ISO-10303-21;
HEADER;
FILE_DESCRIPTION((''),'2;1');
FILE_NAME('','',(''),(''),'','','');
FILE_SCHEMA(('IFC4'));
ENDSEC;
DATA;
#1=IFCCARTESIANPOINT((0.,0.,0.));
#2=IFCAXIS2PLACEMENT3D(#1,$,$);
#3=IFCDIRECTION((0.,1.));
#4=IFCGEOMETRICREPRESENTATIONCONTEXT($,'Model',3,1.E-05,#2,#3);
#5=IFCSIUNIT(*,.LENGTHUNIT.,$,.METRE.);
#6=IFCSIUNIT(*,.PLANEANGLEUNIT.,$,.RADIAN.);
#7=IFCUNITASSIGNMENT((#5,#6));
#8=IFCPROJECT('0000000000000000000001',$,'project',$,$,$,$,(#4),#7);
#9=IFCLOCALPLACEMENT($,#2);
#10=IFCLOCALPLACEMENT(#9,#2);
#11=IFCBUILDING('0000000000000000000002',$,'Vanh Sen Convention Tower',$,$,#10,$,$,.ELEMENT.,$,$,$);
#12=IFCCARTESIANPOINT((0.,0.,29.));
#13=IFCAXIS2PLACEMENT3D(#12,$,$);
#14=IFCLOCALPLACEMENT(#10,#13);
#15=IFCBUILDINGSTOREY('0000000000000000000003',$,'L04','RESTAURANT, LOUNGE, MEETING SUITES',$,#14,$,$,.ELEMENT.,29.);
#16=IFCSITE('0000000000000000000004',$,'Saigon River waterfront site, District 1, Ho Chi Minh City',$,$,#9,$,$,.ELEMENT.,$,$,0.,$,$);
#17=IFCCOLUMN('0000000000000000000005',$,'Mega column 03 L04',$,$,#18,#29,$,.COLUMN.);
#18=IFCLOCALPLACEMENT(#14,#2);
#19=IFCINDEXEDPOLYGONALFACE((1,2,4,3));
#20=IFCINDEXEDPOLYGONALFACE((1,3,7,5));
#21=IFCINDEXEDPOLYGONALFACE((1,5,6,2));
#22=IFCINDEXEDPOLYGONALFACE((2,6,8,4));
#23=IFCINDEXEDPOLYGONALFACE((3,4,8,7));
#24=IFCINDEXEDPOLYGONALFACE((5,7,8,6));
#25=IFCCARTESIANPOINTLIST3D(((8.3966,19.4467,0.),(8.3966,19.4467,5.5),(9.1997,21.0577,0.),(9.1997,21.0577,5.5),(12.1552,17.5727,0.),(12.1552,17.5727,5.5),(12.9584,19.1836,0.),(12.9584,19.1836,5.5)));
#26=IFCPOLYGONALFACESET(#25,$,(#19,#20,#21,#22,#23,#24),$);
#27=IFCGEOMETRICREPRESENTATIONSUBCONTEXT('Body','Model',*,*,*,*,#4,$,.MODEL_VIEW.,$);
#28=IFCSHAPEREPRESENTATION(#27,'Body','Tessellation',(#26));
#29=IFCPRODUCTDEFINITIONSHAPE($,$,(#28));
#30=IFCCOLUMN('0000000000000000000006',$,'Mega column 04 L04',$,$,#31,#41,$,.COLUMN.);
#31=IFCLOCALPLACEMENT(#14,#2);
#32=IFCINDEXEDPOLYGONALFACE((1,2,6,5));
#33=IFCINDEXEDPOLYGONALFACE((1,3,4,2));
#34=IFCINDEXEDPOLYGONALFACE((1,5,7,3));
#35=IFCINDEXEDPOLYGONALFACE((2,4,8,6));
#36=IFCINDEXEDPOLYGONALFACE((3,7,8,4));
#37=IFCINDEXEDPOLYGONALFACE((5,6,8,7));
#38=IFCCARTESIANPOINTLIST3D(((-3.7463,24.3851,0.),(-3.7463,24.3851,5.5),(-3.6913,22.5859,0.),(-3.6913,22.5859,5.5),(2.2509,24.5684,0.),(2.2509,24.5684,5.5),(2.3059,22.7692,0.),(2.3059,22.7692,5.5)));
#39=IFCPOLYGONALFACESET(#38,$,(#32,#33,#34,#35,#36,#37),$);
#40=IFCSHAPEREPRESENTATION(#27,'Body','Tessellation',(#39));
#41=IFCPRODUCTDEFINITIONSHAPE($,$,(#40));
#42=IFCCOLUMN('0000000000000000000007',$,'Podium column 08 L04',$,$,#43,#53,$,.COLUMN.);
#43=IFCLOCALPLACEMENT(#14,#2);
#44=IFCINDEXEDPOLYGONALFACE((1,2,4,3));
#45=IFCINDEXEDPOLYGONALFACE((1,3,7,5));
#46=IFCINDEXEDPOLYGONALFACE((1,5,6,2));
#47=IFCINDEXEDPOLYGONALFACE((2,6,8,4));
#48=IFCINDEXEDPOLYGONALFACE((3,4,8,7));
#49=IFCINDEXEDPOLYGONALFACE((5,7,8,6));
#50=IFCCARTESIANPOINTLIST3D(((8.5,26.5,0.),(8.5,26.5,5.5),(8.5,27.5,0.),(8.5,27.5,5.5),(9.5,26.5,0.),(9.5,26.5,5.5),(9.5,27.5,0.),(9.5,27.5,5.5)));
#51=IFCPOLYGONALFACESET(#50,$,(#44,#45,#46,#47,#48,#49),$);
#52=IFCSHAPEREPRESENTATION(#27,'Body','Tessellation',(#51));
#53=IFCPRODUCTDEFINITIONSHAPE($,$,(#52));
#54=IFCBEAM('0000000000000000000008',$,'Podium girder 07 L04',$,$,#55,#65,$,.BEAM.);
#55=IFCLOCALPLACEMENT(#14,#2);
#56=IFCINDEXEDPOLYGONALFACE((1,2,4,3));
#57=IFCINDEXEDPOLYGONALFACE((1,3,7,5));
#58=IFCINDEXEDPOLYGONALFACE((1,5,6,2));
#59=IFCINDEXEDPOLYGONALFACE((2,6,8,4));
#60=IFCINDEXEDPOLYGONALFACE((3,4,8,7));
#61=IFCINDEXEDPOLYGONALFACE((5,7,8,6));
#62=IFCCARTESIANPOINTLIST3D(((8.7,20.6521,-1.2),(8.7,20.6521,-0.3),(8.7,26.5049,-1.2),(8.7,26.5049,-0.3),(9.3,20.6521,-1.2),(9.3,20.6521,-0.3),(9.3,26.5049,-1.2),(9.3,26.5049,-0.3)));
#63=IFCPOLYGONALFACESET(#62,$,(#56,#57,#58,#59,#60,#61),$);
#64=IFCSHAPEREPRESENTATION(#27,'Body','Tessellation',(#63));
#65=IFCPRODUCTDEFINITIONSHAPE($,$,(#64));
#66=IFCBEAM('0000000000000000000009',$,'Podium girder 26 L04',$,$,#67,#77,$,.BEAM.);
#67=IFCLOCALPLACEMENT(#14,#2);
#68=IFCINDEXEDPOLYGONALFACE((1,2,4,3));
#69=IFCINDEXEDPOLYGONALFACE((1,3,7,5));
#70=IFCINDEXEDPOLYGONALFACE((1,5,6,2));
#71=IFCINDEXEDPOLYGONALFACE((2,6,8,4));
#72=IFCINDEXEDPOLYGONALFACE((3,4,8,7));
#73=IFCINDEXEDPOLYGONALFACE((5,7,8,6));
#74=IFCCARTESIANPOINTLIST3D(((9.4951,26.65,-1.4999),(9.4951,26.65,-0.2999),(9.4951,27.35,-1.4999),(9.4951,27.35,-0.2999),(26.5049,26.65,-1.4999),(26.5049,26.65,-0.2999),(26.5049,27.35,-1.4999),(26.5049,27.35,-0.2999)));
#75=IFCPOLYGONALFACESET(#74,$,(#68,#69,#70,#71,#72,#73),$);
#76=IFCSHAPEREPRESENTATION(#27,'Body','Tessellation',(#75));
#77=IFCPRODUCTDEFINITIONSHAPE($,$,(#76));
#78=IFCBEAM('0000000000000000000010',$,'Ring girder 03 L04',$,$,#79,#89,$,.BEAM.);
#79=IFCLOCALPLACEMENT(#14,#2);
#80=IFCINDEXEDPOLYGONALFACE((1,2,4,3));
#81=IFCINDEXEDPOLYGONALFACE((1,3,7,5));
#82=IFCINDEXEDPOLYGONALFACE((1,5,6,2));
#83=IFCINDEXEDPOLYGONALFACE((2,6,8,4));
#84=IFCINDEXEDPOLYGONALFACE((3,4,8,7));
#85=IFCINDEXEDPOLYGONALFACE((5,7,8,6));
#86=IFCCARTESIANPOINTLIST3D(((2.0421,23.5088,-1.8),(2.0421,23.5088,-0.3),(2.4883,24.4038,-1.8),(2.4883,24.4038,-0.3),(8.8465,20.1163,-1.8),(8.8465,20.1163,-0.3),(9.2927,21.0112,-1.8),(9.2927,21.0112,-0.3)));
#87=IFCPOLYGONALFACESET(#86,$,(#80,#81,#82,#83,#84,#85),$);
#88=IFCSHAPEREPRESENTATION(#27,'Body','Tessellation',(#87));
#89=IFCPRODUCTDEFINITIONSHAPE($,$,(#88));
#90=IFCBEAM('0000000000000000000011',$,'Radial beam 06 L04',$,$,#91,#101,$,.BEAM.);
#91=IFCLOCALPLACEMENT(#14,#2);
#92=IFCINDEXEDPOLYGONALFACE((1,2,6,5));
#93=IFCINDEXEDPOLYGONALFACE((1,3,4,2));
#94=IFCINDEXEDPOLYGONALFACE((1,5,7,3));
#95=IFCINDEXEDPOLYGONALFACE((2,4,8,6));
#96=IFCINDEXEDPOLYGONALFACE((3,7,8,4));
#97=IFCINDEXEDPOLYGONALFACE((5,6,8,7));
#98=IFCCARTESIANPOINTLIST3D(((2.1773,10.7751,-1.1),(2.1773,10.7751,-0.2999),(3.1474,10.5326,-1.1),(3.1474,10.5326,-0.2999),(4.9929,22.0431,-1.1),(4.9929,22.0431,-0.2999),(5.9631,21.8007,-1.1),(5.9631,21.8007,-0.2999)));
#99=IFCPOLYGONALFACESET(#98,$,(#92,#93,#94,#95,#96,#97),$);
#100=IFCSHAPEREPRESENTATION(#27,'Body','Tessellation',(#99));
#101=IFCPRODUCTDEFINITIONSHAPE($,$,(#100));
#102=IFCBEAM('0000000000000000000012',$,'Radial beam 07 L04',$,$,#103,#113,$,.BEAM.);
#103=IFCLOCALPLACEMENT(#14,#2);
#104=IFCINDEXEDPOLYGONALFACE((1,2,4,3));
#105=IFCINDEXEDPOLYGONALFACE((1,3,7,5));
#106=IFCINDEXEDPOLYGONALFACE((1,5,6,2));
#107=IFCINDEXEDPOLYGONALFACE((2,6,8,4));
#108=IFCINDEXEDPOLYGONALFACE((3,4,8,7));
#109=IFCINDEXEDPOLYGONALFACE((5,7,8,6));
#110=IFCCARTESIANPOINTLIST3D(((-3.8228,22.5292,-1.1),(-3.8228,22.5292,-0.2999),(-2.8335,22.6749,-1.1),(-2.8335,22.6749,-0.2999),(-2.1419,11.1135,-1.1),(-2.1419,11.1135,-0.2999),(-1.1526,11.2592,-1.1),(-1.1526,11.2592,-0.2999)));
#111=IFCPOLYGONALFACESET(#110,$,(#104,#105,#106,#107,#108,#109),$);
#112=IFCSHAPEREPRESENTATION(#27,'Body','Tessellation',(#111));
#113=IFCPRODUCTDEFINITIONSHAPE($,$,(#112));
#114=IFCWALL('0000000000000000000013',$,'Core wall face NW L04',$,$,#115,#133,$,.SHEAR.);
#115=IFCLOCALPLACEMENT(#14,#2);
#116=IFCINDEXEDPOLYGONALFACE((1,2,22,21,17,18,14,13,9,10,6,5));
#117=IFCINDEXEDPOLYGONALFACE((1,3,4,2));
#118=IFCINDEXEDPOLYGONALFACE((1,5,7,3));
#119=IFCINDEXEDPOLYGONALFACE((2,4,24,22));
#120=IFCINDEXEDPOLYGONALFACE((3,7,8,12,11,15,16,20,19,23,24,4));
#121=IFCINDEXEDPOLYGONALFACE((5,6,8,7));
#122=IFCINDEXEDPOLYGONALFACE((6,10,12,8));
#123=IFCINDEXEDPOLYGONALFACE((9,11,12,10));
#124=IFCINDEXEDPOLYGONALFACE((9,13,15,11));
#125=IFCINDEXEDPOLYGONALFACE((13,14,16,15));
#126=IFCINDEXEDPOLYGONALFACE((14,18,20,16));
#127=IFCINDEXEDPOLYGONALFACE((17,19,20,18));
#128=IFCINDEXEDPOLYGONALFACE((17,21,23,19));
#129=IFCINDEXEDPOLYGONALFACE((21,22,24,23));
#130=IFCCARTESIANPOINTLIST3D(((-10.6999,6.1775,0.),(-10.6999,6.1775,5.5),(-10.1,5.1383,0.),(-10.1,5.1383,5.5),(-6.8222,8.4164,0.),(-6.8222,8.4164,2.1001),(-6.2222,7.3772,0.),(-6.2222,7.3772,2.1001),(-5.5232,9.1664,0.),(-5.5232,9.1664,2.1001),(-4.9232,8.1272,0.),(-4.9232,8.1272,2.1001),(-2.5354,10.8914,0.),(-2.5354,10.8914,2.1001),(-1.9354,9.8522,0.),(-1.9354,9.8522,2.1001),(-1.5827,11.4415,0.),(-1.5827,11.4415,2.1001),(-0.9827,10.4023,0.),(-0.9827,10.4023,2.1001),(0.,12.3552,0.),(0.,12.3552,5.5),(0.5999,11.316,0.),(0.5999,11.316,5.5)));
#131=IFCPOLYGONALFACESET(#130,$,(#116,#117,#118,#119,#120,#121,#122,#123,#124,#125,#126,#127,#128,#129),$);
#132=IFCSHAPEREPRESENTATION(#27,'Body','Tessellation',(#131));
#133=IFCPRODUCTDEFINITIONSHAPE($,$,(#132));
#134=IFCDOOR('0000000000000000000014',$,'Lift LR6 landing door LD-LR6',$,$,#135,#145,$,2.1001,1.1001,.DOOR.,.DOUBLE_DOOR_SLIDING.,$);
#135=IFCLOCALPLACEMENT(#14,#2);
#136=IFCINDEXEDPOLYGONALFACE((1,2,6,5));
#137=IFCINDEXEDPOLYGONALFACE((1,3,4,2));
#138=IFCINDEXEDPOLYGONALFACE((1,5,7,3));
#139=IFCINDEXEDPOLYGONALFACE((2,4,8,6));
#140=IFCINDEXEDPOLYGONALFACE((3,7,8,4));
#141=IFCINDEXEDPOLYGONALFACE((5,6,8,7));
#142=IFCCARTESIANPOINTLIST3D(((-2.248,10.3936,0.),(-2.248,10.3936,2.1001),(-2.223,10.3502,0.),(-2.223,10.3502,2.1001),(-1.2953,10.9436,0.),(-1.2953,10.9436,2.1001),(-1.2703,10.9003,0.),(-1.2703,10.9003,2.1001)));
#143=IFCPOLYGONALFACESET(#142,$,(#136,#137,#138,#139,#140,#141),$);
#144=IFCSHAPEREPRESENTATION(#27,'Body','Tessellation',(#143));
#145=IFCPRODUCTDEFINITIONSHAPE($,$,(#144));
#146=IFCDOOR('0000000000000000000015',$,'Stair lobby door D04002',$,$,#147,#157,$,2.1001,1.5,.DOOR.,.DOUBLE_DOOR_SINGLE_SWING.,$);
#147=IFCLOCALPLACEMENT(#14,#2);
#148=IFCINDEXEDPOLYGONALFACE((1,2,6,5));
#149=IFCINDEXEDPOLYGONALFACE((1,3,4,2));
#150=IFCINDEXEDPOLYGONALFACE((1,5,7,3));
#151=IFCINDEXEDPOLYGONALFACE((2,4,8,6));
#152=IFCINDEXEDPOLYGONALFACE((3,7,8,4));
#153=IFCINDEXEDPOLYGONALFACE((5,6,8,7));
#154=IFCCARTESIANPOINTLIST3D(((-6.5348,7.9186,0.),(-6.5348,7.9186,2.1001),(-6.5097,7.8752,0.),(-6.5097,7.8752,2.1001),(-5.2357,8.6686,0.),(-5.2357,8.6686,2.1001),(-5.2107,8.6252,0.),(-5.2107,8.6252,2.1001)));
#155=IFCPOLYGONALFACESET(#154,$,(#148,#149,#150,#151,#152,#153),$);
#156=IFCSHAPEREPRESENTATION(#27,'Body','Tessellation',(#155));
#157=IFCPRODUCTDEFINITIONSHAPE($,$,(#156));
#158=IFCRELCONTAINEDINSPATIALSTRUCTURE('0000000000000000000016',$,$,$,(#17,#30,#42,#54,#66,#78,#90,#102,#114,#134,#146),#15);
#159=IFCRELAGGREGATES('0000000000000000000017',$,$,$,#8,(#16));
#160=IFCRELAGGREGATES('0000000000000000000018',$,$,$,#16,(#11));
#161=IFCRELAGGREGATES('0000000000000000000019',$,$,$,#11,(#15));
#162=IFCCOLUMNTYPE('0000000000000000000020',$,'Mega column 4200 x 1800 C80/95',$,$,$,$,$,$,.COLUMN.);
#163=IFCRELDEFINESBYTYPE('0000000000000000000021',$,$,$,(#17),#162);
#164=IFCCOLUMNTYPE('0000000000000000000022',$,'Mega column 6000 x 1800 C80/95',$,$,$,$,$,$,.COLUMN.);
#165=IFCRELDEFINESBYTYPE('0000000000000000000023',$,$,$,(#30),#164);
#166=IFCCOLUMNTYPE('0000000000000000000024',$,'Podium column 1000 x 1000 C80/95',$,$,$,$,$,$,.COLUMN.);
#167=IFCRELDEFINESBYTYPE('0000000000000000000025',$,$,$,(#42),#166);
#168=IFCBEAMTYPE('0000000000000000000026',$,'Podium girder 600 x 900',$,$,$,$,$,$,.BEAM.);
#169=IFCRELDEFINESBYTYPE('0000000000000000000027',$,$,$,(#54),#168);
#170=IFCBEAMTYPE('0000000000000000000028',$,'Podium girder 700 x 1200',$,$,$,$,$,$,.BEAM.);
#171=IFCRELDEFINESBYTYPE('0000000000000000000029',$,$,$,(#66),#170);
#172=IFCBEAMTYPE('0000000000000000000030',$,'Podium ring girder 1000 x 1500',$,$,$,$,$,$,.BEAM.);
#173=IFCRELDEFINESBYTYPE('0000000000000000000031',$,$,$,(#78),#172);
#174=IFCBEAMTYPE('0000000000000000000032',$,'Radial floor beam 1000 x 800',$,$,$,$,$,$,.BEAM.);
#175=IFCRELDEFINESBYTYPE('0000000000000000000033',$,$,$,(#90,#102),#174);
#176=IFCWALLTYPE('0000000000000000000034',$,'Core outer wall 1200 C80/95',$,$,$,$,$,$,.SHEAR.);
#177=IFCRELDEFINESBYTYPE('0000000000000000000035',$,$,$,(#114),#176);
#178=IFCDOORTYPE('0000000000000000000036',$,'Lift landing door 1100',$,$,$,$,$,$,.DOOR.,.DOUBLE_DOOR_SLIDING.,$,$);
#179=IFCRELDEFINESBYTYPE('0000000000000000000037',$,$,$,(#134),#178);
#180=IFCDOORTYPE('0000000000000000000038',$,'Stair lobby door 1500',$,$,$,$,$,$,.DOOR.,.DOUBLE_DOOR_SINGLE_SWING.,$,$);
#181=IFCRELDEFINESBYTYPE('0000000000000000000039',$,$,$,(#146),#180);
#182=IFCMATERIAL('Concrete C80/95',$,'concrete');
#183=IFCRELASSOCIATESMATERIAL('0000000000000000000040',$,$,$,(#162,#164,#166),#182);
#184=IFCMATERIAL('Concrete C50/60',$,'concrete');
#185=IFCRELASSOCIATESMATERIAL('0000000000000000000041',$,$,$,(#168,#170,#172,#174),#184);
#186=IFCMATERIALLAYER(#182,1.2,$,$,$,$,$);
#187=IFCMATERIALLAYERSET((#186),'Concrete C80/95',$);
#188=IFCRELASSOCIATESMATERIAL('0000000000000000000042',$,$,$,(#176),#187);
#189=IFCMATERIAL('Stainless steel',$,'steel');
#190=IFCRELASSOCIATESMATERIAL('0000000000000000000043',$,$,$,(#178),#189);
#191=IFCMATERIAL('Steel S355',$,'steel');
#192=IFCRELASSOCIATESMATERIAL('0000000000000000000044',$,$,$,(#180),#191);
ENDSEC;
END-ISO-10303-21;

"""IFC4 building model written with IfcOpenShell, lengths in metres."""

from ifc_helpers import new_model, si_unit, direction, frame, frame_2d, origin, origin_2d, place, context, subcontext, project, spatial, rectangle, extrude, material, layer, layer_set, material_profile, profile_set, type_object, element, fill, save


model = new_model("IFC4")

# Units and contexts
model_context = context("Model", 3, precision=1e-05, world=origin(), true_north=direction((0.0, 1.0)))
body_context = subcontext(model_context, "Body", "Model", "MODEL_VIEW")
ifc_project = project(units=[si_unit("LENGTHUNIT", "METRE"), si_unit("PLANEANGLEUNIT", "RADIAN")], contexts=[model_context])

# Site, building, storey
site_placement = place(None, origin())
site = spatial("IfcSite", under=ifc_project, at=site_placement, Name="Saigon River waterfront site, District 1, Ho Chi Minh City", CompositionType="ELEMENT", RefElevation=0.0)
building_placement = place(site_placement, origin())
building = spatial("IfcBuilding", under=site, at=building_placement, Name="Vanh Sen Convention Tower", CompositionType="ELEMENT")
storey_placement = place(building_placement, frame((0.0, 0.0, 29.0)))
storey = spatial("IfcBuildingStorey", under=building, at=storey_placement, Name="L04", Description="RESTAURANT, LOUNGE, MEETING SUITES", CompositionType="ELEMENT", Elevation=29.0)

# Columns
ifc_material_1 = material(Name="Concrete C80/95", Category="concrete")
ifc_material_profile_1 = material_profile(ifc_material_1, rectangle(XDim=4.2, YDim=1.8, at=origin_2d()), Name="RC 4200X1800")
ifc_profile_set_1 = profile_set([ifc_material_profile_1], Name="Concrete C80/95")
column_type_1 = type_object("IfcColumnType", Name="Mega column 4200 x 1800 C80/95", PredefinedType="COLUMN", material=ifc_profile_set_1)
column_1_placement = place(storey_placement, frame((10.6775, 19.3152, 0.0), z_axis=(0.0, 0.0, 1.0), x_axis=(-0.894935, 0.446196, 0.0)))
element("IfcColumn", 1, at=column_1_placement, inside=storey, type_object=column_type_1, Name="Mega column 03 L04", PredefinedType="COLUMN", context=body_context, shape_type="SweptSolid", body=[
    extrude(rectangle(XDim=4.2, YDim=1.8, at=origin_2d()), origin(), (0.0, 0.0, 1.0), 5.5),
])
ifc_material_profile_2 = material_profile(ifc_material_1, rectangle(XDim=6.0, YDim=1.8, at=origin_2d()), Name="RC 6000X1800")
ifc_profile_set_2 = profile_set([ifc_material_profile_2], Name="Concrete C80/95")
column_type_2 = type_object("IfcColumnType", Name="Mega column 6000 x 1800 C80/95", PredefinedType="COLUMN", material=ifc_profile_set_2)
column_2_placement = place(storey_placement, frame((-0.7202, 23.5771, 0.0), z_axis=(0.0, 0.0, 1.0), x_axis=(-0.999534, -0.030537, 0.0)))
element("IfcColumn", 2, at=column_2_placement, inside=storey, type_object=column_type_2, Name="Mega column 04 L04", PredefinedType="COLUMN", context=body_context, shape_type="SweptSolid", body=[
    extrude(rectangle(XDim=6.0, YDim=1.8, at=origin_2d()), origin(), (0.0, 0.0, 1.0), 5.5),
])
ifc_material_profile_3 = material_profile(ifc_material_1, rectangle(XDim=1.0, YDim=1.0, at=origin_2d()), Name="RC 1000X1000")
ifc_profile_set_3 = profile_set([ifc_material_profile_3], Name="Concrete C80/95")
column_type_3 = type_object("IfcColumnType", Name="Podium column 1000 x 1000 C80/95", PredefinedType="COLUMN", material=ifc_profile_set_3)
column_3_placement = place(storey_placement, frame((9.0, 27.0, 0.0), z_axis=(0.0, 0.0, 1.0), x_axis=(1.0, 0.0, 0.0)))
element("IfcColumn", 3, at=column_3_placement, inside=storey, type_object=column_type_3, Name="Podium column 08 L04", PredefinedType="COLUMN", context=body_context, shape_type="SweptSolid", body=[
    extrude(rectangle(XDim=1.0, YDim=1.0, at=origin_2d()), origin(), (0.0, 0.0, 1.0), 5.5),
])

# Beams
ifc_material_2 = material(Name="Concrete C50/60", Category="concrete")
ifc_material_profile_4 = material_profile(ifc_material_2, rectangle(XDim=0.6001, YDim=0.8999, at=origin_2d()), Name="RC 600X900")
ifc_profile_set_4 = profile_set([ifc_material_profile_4], Name="Concrete C50/60")
beam_type_1 = type_object("IfcBeamType", Name="Podium girder 600 x 900", PredefinedType="BEAM", material=ifc_profile_set_4)
beam_1_placement = place(storey_placement, frame((9.0, 20.6521, -0.75), z_axis=(0.0, 1.0, 0.0), x_axis=(-1.0, 0.0, 0.0)))
element("IfcBeam", 4, at=beam_1_placement, inside=storey, type_object=beam_type_1, Name="Podium girder 07 L04", PredefinedType="BEAM", context=body_context, shape_type="SweptSolid", body=[
    extrude(rectangle(XDim=0.6001, YDim=0.8999, at=origin_2d()), origin(), (0.0, 0.0, 1.0), 5.8528),
])
ifc_material_profile_5 = material_profile(ifc_material_2, rectangle(XDim=0.7, YDim=1.2, at=origin_2d()), Name="RC 700X1200")
ifc_profile_set_5 = profile_set([ifc_material_profile_5], Name="Concrete C50/60")
beam_type_2 = type_object("IfcBeamType", Name="Podium girder 700 x 1200", PredefinedType="BEAM", material=ifc_profile_set_5)
beam_2_placement = place(storey_placement, frame((9.4951, 27.0, -0.8999), z_axis=(1.0, 0.0, 0.0), x_axis=(0.0, 1.0, 0.0)))
element("IfcBeam", 5, at=beam_2_placement, inside=storey, type_object=beam_type_2, Name="Podium girder 26 L04", PredefinedType="BEAM", context=body_context, shape_type="SweptSolid", body=[
    extrude(rectangle(XDim=0.7, YDim=1.2, at=origin_2d()), origin(), (0.0, 0.0, 1.0), 17.0098),
])
ifc_material_profile_6 = material_profile(ifc_material_2, rectangle(XDim=1.0, YDim=1.5, at=origin_2d()), Name="RC 1000X1500")
ifc_profile_set_6 = profile_set([ifc_material_profile_6], Name="Concrete C50/60")
beam_type_3 = type_object("IfcBeamType", Name="Podium ring girder 1000 x 1500", PredefinedType="BEAM", material=ifc_profile_set_6)
beam_3_placement = place(storey_placement, frame((9.0696, 20.5637, -1.05), z_axis=(-0.894934, 0.446199, 0.0), x_axis=(-0.446199, -0.894934, 0.0)))
element("IfcBeam", 6, at=beam_3_placement, inside=storey, type_object=beam_type_3, Name="Ring girder 03 L04", PredefinedType="BEAM", context=body_context, shape_type="SweptSolid", body=[
    extrude(rectangle(XDim=1.0, YDim=1.5, at=origin_2d()), origin(), (0.0, 0.0, 1.0), 7.6033),
])
ifc_material_profile_7 = material_profile(ifc_material_2, rectangle(XDim=1.0, YDim=0.8, at=origin_2d()), Name="RC 1000X800")
ifc_profile_set_7 = profile_set([ifc_material_profile_7], Name="Concrete C50/60")
beam_type_4 = type_object("IfcBeamType", Name="Radial floor beam 1000 x 800", PredefinedType="BEAM", material=ifc_profile_set_7)
beam_4_placement = place(storey_placement, frame((5.478, 21.9219, -0.7), z_axis=(-0.242427, -0.97017, 0.0), x_axis=(0.97017, -0.242427, 0.0)))
element("IfcBeam", 7, at=beam_4_placement, inside=storey, type_object=beam_type_4, Name="Radial beam 06 L04", PredefinedType="BEAM", context=body_context, shape_type="SweptSolid", body=[
    extrude(rectangle(XDim=1.0, YDim=0.8, at=origin_2d()), origin(), (0.0, 0.0, 1.0), 11.6145),
])
beam_5_placement = place(storey_placement, frame((-3.3281, 22.6021, -0.7), z_axis=(0.145674, -0.989333, 0.0), x_axis=(0.989333, 0.145674, 0.0)))
element("IfcBeam", 8, at=beam_5_placement, inside=storey, type_object=beam_type_4, Name="Radial beam 07 L04", PredefinedType="BEAM", context=body_context, shape_type="SweptSolid", body=[
    extrude(rectangle(XDim=1.0, YDim=0.8, at=origin_2d()), origin(), (0.0, 0.0, 1.0), 11.5388),
])

# Wall, openings, doors
ifc_layer_1 = layer(ifc_material_1, 1.2)
ifc_layer_set_1 = layer_set([ifc_layer_1], Name="Concrete C80/95")
wall_type_1 = type_object("IfcWallType", Name="Core outer wall 1200 C80/95", PredefinedType="SHEAR", material=ifc_layer_set_1)
wall_1_placement = place(storey_placement, frame((0.3, 11.8357, 0.0), z_axis=(0.0, 0.0, 1.0), x_axis=(-0.866021, -0.500007, 0.0)))
wall_1 = element("IfcWall", 9, at=wall_1_placement, inside=storey, type_object=wall_type_1, Name="Core wall face NW L04", PredefinedType="SHEAR", context=body_context, shape_type="SweptSolid", body=[
    extrude(rectangle(XDim=12.3552, YDim=1.2, at=frame_2d((6.1777, 0.0))), origin(), (0.0, 0.0, 1.0), 5.5),
])
opening_1_placement = place(wall_1_placement, frame((6.3777, 0.0, 0.0)))
opening_1 = element("IfcOpeningElement", 10, at=opening_1_placement, cuts=wall_1, PredefinedType="OPENING", context=body_context, shape_type="SweptSolid", body=[
    extrude(rectangle(XDim=1.5, YDim=2.1001, at=frame_2d((0.75, 1.05))), frame((0.0, 0.6099, 0.0), z_axis=(0.0, -1.0, 0.0), x_axis=(1.0, 0.0, 0.0)), (0.0, 0.0, 1.0), 1.22),
])
opening_2_placement = place(wall_1_placement, frame((1.8276, 0.0, 0.0)))
opening_2 = element("IfcOpeningElement", 11, at=opening_2_placement, cuts=wall_1, PredefinedType="OPENING", context=body_context, shape_type="SweptSolid", body=[
    extrude(rectangle(XDim=1.1001, YDim=2.1001, at=frame_2d((0.55, 1.05))), frame((0.0, 0.6099, 0.0), z_axis=(0.0, -1.0, 0.0), x_axis=(1.0, 0.0, 0.0)), (0.0, 0.0, 1.0), 1.22),
])
ifc_material_3 = material(Name="Stainless steel", Category="steel")
door_type_1 = type_object("IfcDoorType", Name="Lift landing door 1100", OperationType="DOUBLE_DOOR_SLIDING", PredefinedType="DOOR", material=ifc_material_3)
door_1_placement = place(opening_2_placement, origin())
door_1 = element("IfcDoor", 12, at=door_1_placement, inside=storey, type_object=door_type_1, Name="Lift LR6 landing door LD-LR6", OperationType="DOUBLE_DOOR_SLIDING", OverallHeight=2.1001, OverallWidth=1.1001, PredefinedType="DOOR", context=body_context, shape_type="SweptSolid", body=[
    extrude(rectangle(XDim=1.1001, YDim=2.1001, at=frame_2d((0.55, 1.05))), frame((0.0, 0.0249, 0.0), z_axis=(0.0, -1.0, 0.0), x_axis=(1.0, 0.0, 0.0)), (0.0, 0.0, 1.0), 0.05),
])
fill(opening_2, door_1)
ifc_material_4 = material(Name="Steel S355", Category="steel")
door_type_2 = type_object("IfcDoorType", Name="Stair lobby door 1500", OperationType="DOUBLE_DOOR_SINGLE_SWING", PredefinedType="DOOR", material=ifc_material_4)
door_2_placement = place(opening_1_placement, origin())
door_2 = element("IfcDoor", 13, at=door_2_placement, inside=storey, type_object=door_type_2, Name="Stair lobby door D04002", OperationType="DOUBLE_DOOR_SINGLE_SWING", OverallHeight=2.1001, OverallWidth=1.5, PredefinedType="DOOR", context=body_context, shape_type="SweptSolid", body=[
    extrude(rectangle(XDim=1.5, YDim=2.1001, at=frame_2d((0.75, 1.05))), frame((0.0, 0.0249, 0.0), z_axis=(0.0, -1.0, 0.0), x_axis=(1.0, 0.0, 0.0)), (0.0, 0.0, 1.0), 0.05),
])
fill(opening_1, door_2)

save(model, "model.ifc")
